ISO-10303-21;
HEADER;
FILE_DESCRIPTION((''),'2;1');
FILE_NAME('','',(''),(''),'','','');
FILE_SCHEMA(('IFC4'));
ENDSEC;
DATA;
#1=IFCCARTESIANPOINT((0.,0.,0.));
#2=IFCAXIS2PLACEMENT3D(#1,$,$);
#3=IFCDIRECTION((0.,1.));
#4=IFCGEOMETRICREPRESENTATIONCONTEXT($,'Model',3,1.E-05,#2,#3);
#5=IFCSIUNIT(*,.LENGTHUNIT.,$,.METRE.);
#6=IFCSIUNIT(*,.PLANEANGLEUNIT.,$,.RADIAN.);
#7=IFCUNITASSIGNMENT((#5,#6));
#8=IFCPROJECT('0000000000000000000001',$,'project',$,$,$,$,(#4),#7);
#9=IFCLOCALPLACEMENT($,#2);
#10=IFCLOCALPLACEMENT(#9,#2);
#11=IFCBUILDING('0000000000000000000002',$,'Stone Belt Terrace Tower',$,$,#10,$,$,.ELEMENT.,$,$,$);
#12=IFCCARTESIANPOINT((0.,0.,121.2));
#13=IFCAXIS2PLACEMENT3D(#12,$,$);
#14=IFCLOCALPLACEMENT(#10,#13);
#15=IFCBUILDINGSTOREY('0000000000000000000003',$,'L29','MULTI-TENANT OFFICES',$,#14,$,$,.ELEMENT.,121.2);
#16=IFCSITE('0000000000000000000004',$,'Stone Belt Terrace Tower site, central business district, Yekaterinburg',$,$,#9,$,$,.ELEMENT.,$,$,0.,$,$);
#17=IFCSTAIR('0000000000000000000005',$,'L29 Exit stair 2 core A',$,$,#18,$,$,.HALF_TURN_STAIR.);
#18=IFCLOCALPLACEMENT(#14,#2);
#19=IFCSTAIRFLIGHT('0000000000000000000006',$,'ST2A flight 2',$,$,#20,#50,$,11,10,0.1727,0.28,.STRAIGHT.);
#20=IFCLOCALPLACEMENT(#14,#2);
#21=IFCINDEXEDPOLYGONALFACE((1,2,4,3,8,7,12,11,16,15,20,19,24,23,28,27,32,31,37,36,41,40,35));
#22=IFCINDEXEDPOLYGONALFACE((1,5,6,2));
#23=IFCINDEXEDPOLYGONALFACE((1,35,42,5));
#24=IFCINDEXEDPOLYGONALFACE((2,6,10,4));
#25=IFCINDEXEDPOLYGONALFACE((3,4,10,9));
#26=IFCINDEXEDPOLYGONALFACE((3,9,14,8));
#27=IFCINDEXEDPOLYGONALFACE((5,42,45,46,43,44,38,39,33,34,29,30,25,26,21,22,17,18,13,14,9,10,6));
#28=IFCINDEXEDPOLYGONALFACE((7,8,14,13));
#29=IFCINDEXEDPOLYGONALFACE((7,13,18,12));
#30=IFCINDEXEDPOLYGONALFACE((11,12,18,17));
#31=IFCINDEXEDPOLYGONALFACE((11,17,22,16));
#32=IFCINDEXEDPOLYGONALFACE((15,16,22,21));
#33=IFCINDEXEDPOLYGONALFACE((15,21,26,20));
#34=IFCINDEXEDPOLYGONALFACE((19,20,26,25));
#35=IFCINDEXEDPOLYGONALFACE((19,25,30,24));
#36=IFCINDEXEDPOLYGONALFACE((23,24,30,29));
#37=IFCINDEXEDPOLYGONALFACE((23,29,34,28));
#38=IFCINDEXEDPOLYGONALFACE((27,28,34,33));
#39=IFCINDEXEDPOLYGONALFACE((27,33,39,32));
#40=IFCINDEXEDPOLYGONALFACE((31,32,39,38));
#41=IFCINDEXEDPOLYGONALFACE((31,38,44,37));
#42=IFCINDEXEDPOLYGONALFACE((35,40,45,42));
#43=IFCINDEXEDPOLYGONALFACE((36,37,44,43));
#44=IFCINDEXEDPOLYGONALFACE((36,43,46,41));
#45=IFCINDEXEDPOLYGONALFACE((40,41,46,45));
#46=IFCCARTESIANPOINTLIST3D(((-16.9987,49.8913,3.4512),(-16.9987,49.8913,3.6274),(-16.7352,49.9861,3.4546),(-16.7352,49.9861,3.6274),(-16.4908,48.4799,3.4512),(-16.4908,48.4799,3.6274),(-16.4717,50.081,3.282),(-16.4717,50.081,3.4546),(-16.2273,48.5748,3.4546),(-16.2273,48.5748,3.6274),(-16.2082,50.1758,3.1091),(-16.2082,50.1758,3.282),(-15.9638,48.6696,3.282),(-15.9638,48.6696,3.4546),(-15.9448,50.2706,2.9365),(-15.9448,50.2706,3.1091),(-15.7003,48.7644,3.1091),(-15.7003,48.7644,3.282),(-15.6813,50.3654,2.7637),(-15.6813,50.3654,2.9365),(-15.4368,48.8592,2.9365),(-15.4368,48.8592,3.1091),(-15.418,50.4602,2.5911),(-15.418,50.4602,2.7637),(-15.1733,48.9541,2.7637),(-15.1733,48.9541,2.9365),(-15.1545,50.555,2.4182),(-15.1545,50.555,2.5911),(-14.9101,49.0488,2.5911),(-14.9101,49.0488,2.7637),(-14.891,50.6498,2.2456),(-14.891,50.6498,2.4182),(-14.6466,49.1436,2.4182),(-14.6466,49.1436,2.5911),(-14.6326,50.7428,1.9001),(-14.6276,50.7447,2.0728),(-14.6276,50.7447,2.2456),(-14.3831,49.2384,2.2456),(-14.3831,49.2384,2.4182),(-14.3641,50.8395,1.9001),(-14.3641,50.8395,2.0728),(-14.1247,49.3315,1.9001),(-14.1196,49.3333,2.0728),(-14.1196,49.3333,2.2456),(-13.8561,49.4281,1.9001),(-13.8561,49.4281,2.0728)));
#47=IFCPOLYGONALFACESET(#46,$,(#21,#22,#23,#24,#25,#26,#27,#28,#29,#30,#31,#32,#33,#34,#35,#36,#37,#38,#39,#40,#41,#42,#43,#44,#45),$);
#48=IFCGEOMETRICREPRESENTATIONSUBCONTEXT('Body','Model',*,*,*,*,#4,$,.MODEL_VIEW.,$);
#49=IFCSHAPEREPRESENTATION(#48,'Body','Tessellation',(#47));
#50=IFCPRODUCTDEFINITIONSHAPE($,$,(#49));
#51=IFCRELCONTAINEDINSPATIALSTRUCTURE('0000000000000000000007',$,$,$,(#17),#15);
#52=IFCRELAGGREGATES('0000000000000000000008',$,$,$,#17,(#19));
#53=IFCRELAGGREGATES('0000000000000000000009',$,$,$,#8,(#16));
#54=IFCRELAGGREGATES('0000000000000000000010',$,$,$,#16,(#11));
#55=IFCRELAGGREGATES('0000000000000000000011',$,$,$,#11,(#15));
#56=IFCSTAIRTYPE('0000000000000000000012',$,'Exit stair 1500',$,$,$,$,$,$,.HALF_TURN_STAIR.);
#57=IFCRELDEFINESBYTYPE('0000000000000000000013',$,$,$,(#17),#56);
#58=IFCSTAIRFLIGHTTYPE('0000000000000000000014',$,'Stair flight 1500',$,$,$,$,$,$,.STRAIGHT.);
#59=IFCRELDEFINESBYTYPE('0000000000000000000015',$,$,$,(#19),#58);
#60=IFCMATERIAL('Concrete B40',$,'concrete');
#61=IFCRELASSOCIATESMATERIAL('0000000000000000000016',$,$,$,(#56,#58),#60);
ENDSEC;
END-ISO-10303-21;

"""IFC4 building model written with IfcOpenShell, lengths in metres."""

from ifc_helpers import new_model, si_unit, direction, frame, origin, place, context, subcontext, project, spatial, polyline, outline, extrude, material, type_object, element, aggregate, save


model = new_model("IFC4")

# Units and contexts
model_context = context("Model", 3, precision=1e-05, world=origin(), true_north=direction((0.0, 1.0)))
body_context = subcontext(model_context, "Body", "Model", "MODEL_VIEW")
ifc_project = project(units=[si_unit("LENGTHUNIT", "METRE"), si_unit("PLANEANGLEUNIT", "RADIAN")], contexts=[model_context])

# Site, building, storey
site_placement = place(None, origin())
site = spatial("IfcSite", under=ifc_project, at=site_placement, Name="Stone Belt Terrace Tower site, central business district, Yekaterinburg", CompositionType="ELEMENT", RefElevation=0.0)
building_placement = place(site_placement, origin())
building = spatial("IfcBuilding", under=site, at=building_placement, Name="Stone Belt Terrace Tower", CompositionType="ELEMENT")
storey_placement = place(building_placement, frame((0.0, 0.0, 121.2)))
storey = spatial("IfcBuildingStorey", under=building, at=storey_placement, Name="L29", Description="MULTI-TENANT OFFICES", CompositionType="ELEMENT", Elevation=121.2)

# Stair, stair flight
ifc_material_1 = material(Name="Concrete B40", Category="concrete")
stair_type = type_object("IfcStairType", Name="Exit stair 1500", PredefinedType="HALF_TURN_STAIR", material=ifc_material_1)
stair_placement = place(storey_placement, origin())
stair = element("IfcStair", 1, at=stair_placement, inside=storey, type_object=stair_type, Name="L29 Exit stair 2 core A", PredefinedType="HALF_TURN_STAIR")
stair_flight_type = type_object("IfcStairFlightType", Name="Stair flight 1500", PredefinedType="STRAIGHT", material=ifc_material_1)
stair_flight_placement = place(storey_placement, frame((-14.1101, 50.1338, 1.9001), z_axis=(0.0, 0.0, 1.0), x_axis=(-0.940922, -0.338624, 0.0)))
stair_flight = element("IfcStairFlight", 2, at=stair_flight_placement, type_object=stair_flight_type, Name="ST2A flight 2", NumberOfRisers=11, NumberOfTreads=10, PredefinedType="STRAIGHT", RiserHeight=0.1727, TreadLength=0.28, context=body_context, shape_type="SweptSolid", body=[
    extrude(outline(polyline([(0.0, 0.0), (0.0, 0.1726), (0.28, 0.1726), (0.28, 0.3455), (0.5601, 0.3455), (0.5601, 0.5181), (0.8401, 0.5181), (0.8401, 0.6909), (1.1201, 0.6909), (1.1201, 0.8635), (1.3999, 0.8635), (1.3999, 1.0364), (1.6799, 1.0364), (1.6799, 1.209), (1.96, 1.209), (1.96, 1.3818), (2.24, 1.3818), (2.24, 1.5544), (2.52, 1.5544), (2.52, 1.7273), (2.8, 1.7273), (2.8, 1.8999), (2.8, 1.551), (0.2854, 0.0), (0.0, 0.0)])), frame((0.0, 0.75, 0.0), z_axis=(0.0, -1.0, 0.0), x_axis=(1.0, 0.0, 0.0)), (0.0, 0.0, 1.0), 1.5),
])
aggregate(stair, [stair_flight])

save(model, "model.ifc")
